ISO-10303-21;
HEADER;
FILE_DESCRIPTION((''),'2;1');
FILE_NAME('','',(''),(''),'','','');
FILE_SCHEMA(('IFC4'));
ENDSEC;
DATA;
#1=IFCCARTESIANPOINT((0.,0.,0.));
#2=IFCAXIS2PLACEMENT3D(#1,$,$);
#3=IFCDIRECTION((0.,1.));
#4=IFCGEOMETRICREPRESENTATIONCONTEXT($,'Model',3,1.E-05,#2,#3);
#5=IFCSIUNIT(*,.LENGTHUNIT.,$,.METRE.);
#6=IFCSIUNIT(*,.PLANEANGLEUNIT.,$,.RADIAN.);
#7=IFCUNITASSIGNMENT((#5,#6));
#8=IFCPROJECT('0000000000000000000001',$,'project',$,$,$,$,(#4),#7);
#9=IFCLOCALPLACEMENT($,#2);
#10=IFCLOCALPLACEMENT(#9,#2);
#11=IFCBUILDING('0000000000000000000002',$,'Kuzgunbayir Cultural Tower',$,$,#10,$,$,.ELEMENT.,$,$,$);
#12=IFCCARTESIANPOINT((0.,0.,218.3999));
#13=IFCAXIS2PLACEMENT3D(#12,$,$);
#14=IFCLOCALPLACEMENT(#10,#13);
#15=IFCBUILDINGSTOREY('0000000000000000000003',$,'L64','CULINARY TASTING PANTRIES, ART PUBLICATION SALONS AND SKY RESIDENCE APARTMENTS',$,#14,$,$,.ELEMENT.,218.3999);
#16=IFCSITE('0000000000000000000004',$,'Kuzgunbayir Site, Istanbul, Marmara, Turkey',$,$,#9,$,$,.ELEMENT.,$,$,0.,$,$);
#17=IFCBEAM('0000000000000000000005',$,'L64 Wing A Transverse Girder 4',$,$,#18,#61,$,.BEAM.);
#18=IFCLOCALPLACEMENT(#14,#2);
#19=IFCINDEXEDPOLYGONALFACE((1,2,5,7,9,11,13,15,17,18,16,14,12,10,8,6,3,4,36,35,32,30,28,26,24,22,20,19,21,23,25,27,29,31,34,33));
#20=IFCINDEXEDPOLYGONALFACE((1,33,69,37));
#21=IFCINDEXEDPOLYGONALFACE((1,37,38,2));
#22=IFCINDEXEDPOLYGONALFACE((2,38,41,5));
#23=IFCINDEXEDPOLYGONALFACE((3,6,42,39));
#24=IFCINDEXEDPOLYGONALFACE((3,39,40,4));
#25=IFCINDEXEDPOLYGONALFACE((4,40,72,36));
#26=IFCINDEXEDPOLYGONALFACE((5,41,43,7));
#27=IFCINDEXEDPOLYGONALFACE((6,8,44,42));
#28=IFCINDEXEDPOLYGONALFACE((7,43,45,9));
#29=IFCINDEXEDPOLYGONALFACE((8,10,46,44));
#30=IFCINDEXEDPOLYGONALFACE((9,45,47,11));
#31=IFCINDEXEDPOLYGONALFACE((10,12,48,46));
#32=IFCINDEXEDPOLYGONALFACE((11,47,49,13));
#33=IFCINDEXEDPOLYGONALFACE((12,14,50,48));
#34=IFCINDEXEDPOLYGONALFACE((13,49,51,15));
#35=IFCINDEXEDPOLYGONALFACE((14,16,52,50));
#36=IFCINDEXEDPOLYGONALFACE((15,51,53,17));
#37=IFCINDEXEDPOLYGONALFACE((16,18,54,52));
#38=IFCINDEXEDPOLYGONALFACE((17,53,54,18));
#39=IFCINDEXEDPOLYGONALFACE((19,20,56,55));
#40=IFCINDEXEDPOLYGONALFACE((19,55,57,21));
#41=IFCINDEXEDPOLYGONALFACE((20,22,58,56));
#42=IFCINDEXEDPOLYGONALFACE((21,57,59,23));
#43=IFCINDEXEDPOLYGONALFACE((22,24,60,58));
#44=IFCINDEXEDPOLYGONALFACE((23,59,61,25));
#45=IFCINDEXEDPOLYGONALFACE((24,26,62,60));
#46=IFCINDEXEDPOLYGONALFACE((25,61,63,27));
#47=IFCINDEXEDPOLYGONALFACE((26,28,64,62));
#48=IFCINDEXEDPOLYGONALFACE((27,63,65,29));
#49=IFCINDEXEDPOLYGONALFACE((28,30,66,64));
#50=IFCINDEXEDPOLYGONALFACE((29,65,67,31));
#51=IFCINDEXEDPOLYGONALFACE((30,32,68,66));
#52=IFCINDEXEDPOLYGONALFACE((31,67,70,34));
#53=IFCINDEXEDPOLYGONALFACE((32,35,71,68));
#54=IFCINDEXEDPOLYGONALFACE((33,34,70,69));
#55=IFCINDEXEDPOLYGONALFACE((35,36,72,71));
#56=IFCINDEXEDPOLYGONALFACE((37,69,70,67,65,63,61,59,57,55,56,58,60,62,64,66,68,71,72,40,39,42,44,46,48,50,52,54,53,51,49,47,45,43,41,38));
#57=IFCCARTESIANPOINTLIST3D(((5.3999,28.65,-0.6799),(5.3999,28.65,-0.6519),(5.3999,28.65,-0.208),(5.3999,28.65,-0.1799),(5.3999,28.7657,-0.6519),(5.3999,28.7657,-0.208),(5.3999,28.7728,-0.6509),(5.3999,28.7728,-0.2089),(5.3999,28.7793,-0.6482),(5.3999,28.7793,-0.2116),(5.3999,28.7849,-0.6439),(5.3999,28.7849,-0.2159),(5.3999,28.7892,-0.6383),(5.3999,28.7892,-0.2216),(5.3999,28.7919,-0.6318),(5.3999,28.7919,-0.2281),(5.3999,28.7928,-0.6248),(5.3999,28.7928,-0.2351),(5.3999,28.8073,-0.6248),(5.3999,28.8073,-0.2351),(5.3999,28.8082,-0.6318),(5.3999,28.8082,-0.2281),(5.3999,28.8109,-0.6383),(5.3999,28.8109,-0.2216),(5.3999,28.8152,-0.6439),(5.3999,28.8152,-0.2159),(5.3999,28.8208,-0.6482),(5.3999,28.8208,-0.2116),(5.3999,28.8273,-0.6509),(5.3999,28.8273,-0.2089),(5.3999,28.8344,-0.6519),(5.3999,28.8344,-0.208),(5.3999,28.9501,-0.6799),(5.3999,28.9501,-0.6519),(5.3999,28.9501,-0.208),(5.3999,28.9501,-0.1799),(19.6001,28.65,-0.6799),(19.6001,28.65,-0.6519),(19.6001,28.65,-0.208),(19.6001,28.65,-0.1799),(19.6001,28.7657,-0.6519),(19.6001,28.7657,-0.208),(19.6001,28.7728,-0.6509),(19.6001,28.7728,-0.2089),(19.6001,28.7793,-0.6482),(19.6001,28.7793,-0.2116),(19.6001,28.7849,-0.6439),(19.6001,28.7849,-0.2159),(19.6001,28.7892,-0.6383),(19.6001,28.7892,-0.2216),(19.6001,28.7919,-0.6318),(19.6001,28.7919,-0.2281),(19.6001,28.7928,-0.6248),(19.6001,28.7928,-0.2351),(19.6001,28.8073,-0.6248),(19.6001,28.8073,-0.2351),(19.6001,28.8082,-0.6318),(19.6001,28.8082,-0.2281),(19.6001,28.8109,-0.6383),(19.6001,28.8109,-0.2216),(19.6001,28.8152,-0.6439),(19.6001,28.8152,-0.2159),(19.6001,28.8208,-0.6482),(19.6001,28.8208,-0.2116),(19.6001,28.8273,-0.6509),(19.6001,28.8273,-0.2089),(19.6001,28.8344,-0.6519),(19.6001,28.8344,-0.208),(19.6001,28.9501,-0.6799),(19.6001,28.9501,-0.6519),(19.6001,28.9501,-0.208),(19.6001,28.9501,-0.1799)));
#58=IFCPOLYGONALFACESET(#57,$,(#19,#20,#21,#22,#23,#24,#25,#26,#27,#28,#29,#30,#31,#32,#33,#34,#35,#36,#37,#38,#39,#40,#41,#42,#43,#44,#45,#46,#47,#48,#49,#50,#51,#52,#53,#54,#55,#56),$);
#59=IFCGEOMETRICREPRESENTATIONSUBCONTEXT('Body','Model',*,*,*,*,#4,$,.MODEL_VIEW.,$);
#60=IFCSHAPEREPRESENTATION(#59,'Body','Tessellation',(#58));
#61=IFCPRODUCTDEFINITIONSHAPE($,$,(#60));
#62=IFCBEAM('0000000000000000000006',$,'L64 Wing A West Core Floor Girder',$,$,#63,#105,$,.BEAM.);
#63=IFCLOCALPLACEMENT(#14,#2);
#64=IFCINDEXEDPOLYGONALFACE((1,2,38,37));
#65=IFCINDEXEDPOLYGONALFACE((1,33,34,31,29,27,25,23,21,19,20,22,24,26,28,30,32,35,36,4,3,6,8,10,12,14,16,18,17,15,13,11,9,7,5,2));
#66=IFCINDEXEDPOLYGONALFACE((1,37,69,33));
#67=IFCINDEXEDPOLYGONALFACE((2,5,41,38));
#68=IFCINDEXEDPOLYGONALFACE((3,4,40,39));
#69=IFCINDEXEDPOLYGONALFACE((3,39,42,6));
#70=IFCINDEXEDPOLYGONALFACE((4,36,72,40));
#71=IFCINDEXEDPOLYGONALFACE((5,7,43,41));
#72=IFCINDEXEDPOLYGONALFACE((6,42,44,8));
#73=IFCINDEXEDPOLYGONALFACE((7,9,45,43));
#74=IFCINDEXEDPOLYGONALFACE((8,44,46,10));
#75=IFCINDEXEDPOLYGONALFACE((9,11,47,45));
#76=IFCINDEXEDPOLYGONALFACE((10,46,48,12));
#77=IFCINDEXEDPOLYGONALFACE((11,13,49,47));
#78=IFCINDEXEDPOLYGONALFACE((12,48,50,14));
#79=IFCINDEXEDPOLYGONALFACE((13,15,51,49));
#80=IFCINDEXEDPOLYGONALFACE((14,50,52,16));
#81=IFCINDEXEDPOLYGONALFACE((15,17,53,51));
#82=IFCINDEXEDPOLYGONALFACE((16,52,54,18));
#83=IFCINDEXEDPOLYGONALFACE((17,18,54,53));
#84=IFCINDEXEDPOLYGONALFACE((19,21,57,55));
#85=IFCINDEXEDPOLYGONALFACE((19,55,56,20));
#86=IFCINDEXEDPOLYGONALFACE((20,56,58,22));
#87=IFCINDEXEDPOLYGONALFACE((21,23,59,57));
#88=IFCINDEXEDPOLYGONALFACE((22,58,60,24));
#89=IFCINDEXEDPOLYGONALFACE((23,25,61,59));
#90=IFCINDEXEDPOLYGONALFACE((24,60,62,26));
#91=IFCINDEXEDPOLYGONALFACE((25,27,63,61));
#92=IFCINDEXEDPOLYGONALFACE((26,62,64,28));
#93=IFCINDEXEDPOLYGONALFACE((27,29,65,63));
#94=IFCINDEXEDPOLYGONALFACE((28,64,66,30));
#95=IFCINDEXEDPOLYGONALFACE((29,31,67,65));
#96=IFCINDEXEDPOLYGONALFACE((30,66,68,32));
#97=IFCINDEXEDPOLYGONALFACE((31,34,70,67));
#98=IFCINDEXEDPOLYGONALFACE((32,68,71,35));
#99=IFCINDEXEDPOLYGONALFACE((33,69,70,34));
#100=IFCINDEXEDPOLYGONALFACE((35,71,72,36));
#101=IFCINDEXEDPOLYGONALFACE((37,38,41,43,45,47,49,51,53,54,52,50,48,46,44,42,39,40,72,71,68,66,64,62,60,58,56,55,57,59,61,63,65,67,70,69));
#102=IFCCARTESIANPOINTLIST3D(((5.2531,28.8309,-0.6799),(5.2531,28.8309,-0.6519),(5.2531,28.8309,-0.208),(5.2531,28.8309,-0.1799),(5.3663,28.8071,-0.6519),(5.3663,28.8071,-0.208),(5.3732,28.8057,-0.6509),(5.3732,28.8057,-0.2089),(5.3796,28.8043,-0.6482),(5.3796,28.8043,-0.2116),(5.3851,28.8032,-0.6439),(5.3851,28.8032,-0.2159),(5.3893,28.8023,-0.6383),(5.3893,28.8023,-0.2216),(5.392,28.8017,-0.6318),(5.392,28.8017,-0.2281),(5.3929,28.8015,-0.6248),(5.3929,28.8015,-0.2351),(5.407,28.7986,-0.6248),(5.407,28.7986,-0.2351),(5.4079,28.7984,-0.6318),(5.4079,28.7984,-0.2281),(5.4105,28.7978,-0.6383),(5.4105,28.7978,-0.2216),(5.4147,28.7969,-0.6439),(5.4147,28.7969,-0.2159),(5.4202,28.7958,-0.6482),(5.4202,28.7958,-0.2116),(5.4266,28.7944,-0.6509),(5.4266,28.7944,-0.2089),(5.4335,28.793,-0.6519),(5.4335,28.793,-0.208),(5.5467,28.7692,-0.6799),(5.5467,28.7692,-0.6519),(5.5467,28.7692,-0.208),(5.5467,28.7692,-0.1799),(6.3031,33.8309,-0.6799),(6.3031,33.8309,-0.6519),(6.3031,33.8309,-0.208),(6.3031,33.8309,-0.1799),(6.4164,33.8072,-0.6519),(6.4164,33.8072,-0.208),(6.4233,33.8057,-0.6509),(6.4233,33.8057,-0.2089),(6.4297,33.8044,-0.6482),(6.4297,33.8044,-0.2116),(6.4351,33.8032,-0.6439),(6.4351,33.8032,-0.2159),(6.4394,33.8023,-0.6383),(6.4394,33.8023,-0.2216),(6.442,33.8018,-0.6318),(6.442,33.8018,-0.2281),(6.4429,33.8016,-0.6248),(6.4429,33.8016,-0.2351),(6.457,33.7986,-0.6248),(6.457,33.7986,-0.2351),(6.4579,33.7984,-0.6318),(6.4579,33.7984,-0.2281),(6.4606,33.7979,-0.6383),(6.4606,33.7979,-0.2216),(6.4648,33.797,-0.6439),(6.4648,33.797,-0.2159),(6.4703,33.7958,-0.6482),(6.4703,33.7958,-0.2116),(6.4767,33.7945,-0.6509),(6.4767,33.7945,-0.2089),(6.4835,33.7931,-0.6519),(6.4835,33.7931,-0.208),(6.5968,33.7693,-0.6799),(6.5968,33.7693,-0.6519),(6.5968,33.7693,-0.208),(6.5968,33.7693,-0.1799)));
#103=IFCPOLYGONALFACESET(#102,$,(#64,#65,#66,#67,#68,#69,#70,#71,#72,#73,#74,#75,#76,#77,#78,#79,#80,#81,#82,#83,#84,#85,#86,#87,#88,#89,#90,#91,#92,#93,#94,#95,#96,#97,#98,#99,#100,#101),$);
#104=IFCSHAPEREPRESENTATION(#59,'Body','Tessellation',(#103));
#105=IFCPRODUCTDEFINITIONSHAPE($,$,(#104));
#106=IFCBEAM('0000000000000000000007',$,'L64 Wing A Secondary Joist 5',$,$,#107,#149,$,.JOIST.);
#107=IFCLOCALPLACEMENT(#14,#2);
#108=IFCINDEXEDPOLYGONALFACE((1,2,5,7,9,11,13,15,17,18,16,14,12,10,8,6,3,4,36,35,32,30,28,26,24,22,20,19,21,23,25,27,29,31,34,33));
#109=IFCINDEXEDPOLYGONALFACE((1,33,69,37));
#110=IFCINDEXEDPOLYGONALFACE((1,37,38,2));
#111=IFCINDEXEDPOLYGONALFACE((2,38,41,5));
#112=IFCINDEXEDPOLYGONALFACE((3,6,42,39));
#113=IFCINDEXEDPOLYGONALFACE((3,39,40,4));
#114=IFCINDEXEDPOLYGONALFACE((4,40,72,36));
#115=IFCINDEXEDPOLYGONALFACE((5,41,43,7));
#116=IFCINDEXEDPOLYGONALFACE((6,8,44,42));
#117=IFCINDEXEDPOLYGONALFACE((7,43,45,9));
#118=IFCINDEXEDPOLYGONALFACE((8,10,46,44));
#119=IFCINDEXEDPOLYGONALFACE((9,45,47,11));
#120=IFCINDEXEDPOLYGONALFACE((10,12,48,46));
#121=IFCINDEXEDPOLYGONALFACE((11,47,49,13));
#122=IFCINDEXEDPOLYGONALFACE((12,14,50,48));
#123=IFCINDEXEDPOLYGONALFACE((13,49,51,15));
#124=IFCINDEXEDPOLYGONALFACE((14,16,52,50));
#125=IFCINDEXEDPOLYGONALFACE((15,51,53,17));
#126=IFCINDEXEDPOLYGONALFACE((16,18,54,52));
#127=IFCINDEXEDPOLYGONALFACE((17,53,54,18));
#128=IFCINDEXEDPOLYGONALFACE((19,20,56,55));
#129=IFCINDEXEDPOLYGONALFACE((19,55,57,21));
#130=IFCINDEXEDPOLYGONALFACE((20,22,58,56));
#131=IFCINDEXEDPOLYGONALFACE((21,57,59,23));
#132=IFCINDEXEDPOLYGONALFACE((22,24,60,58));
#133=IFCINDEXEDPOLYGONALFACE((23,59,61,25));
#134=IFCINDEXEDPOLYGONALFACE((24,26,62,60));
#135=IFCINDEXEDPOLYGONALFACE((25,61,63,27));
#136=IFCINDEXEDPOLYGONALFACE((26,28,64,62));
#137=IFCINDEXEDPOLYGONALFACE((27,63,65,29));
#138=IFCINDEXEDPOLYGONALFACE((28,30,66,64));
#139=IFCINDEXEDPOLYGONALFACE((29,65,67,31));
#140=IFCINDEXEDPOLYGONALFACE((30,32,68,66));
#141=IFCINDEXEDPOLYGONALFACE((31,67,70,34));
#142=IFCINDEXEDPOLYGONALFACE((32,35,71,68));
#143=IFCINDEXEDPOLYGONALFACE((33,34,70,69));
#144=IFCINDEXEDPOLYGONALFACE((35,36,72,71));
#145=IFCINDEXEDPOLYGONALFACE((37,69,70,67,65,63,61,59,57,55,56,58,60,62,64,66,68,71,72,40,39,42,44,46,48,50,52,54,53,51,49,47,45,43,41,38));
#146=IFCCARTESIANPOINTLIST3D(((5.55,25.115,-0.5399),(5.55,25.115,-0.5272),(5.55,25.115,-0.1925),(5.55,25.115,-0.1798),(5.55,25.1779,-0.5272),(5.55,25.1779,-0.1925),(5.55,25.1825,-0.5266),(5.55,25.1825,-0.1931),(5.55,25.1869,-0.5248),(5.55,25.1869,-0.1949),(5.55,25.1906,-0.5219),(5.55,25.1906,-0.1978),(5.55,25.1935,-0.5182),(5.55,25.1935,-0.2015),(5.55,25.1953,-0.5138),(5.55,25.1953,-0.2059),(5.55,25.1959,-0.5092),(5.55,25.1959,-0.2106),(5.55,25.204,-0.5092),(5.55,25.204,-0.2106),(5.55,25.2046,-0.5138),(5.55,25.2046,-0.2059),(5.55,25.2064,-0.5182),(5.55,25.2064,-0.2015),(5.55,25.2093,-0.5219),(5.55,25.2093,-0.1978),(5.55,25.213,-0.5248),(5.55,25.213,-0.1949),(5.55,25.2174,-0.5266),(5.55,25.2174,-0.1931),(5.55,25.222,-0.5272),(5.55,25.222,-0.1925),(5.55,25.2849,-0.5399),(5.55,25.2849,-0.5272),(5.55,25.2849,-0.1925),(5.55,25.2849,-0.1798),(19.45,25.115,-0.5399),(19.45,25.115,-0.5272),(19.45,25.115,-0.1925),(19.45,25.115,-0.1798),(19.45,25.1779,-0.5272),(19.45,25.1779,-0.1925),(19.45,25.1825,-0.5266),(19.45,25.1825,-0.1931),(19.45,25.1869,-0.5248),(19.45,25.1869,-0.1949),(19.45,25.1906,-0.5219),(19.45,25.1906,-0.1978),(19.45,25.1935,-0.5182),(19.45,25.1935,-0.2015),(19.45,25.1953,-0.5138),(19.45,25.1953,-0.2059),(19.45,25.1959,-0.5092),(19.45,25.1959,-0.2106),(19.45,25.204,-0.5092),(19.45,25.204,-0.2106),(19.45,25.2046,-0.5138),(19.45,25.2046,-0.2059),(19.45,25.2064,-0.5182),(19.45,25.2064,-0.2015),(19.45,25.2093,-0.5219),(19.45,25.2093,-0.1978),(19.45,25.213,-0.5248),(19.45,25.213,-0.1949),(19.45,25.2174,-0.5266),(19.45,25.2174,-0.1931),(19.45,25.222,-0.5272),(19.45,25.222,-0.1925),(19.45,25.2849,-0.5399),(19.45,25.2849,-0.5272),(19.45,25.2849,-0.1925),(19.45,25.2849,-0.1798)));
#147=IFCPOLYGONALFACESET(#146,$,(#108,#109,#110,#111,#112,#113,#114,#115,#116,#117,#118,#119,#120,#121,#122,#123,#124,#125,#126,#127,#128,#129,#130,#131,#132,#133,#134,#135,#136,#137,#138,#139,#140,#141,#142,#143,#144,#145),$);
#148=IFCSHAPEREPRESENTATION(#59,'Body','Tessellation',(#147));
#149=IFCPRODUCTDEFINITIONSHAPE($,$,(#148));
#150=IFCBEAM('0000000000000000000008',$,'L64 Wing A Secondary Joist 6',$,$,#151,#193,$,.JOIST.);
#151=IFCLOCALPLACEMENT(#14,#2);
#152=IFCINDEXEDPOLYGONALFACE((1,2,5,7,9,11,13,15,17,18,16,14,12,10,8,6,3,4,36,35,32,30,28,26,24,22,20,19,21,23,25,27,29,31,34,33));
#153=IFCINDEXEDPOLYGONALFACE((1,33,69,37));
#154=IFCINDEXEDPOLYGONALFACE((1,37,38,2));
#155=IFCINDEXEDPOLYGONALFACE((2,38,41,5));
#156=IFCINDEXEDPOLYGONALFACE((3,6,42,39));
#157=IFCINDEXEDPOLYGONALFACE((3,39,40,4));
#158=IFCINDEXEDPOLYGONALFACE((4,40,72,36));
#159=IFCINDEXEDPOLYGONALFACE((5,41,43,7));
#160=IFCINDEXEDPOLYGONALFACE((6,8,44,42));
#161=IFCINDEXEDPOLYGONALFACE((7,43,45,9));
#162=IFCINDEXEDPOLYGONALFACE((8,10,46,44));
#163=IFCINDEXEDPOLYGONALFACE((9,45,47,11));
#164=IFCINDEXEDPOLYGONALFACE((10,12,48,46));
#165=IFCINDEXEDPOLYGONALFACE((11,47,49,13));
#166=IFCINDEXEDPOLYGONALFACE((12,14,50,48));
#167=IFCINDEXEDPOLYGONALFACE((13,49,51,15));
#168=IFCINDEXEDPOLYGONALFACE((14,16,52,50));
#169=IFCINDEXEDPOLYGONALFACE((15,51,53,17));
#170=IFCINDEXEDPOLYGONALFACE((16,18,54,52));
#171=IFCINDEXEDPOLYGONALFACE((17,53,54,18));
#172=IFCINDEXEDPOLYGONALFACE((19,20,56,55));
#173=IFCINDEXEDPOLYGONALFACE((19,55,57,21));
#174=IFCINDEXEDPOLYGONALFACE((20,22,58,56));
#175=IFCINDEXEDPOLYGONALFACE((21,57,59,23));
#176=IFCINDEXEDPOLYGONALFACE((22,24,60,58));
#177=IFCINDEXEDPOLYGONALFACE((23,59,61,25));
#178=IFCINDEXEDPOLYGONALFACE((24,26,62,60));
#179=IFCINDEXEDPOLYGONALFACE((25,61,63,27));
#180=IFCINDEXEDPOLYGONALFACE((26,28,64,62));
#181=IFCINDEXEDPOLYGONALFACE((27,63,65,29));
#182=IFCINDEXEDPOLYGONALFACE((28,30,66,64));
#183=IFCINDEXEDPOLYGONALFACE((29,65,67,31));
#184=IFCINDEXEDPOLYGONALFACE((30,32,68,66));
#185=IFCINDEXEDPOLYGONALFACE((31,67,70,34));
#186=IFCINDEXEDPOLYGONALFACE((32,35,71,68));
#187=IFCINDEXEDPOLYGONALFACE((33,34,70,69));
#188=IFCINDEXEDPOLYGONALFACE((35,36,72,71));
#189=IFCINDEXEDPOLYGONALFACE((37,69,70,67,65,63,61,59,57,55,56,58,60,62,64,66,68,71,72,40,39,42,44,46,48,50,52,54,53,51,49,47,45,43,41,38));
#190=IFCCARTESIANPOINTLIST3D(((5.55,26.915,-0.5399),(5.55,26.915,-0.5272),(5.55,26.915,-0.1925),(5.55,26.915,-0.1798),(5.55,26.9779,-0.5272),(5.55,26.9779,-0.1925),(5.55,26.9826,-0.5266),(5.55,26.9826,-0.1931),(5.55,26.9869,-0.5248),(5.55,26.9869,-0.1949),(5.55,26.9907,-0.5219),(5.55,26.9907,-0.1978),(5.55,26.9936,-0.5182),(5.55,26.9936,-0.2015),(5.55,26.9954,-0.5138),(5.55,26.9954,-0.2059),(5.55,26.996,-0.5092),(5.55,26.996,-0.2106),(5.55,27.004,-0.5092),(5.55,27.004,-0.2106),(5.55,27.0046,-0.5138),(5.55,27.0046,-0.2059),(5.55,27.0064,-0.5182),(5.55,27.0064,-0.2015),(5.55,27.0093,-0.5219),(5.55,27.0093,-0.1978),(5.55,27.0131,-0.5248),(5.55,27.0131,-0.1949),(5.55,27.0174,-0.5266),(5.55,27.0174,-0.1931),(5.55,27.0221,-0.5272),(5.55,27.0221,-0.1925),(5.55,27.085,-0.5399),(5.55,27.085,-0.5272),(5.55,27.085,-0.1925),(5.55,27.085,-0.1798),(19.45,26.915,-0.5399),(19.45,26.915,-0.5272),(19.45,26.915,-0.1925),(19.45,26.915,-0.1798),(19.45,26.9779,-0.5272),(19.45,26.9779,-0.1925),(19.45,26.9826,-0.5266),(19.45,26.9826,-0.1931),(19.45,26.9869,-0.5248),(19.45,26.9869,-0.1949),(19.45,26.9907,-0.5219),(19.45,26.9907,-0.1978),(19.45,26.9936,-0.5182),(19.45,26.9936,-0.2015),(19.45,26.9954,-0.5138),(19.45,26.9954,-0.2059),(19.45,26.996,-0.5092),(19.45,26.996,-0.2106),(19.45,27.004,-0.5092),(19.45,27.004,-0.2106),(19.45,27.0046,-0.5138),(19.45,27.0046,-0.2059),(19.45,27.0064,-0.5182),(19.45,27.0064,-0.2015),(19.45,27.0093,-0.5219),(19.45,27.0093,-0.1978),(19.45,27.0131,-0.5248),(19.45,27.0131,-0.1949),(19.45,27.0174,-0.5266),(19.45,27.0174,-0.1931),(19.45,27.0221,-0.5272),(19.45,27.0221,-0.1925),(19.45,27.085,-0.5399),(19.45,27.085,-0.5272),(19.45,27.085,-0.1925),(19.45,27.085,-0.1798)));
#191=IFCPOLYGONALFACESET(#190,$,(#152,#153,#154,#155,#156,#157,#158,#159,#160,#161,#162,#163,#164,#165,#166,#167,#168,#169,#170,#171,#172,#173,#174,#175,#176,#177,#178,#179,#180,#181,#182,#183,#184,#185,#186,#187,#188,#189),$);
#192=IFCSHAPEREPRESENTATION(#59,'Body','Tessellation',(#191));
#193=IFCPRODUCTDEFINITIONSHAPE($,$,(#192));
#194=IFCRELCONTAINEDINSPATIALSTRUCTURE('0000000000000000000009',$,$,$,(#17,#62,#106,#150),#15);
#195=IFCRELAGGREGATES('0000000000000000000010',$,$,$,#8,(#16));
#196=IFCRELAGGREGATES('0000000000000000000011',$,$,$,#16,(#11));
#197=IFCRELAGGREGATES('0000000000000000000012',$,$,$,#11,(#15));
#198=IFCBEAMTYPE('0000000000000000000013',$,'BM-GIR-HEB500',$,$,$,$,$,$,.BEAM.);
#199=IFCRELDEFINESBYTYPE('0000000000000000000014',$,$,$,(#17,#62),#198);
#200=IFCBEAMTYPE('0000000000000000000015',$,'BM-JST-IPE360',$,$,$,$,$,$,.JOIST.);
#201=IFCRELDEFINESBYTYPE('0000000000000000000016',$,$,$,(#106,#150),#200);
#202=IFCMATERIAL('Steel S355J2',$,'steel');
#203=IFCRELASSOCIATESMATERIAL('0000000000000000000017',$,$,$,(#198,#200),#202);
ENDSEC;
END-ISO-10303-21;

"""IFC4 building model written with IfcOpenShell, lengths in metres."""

from ifc_helpers import new_model, si_unit, direction, frame, origin, origin_2d, place, context, subcontext, project, spatial, i_section, extrude, material, material_profile, profile_set, type_object, element, save


model = new_model("IFC4")

# Units and contexts
model_context = context("Model", 3, precision=1e-05, world=origin(), true_north=direction((0.0, 1.0)))
body_context = subcontext(model_context, "Body", "Model", "MODEL_VIEW")
ifc_project = project(units=[si_unit("LENGTHUNIT", "METRE"), si_unit("PLANEANGLEUNIT", "RADIAN")], contexts=[model_context])

# Site, building, storey
site_placement = place(None, origin())
site = spatial("IfcSite", under=ifc_project, at=site_placement, Name="Kuzgunbayir Site, Istanbul, Marmara, Turkey", CompositionType="ELEMENT", RefElevation=0.0)
building_placement = place(site_placement, origin())
building = spatial("IfcBuilding", under=site, at=building_placement, Name="Kuzgunbayir Cultural Tower", CompositionType="ELEMENT")
storey_placement = place(building_placement, frame((0.0, 0.0, 218.3999)))
storey = spatial("IfcBuildingStorey", under=building, at=storey_placement, Name="L64", Description="CULINARY TASTING PANTRIES, ART PUBLICATION SALONS AND SKY RESIDENCE APARTMENTS", CompositionType="ELEMENT", Elevation=218.3999)

# Beams
ifc_material_1 = material(Name="Steel S355J2", Category="steel")
ifc_material_profile_1 = material_profile(ifc_material_1, i_section(OverallWidth=0.3, OverallDepth=0.5, WebThickness=0.0144, FlangeThickness=0.0281, FilletRadius=0.0271, at=origin_2d()), Name="HEB 500")
ifc_profile_set_1 = profile_set([ifc_material_profile_1], Name="Steel S355J2")
beam_type_1 = type_object("IfcBeamType", Name="BM-GIR-HEB500", PredefinedType="BEAM", material=ifc_profile_set_1)
for number, where, z_axis, x_axis, name in (
    (1, (5.3999, 28.8, -0.4299), (1.0, 0.0, 0.0), (0.0, 1.0, 0.0), "L64 Wing A Transverse Girder 4"),
):
    element("IfcBeam", number, at=place(storey_placement, frame(where, z_axis=z_axis, x_axis=x_axis)), inside=storey, type_object=beam_type_1, Name=name, PredefinedType="BEAM", context=body_context, shape_type="SweptSolid", body=[
        extrude(i_section(OverallWidth=0.3, OverallDepth=0.5, WebThickness=0.0144, FlangeThickness=0.0281, FilletRadius=0.0271, at=origin_2d()), origin(), (0.0, 0.0, 1.0), 14.2002),
    ])
beam_1_placement = place(storey_placement, frame((5.3999, 28.8, -0.4299), z_axis=(0.205526, 0.978652, 0.0), x_axis=(-0.978652, 0.205526, 0.0)))
element("IfcBeam", 2, at=beam_1_placement, inside=storey, type_object=beam_type_1, Name="L64 Wing A West Core Floor Girder", PredefinedType="BEAM", context=body_context, shape_type="SweptSolid", body=[
    extrude(i_section(OverallWidth=0.3, OverallDepth=0.5, WebThickness=0.0144, FlangeThickness=0.0281, FilletRadius=0.0271, at=origin_2d()), origin(), (0.0, 0.0, 1.0), 5.1091),
])
ifc_material_profile_2 = material_profile(ifc_material_1, i_section(OverallWidth=0.1699, OverallDepth=0.3601, WebThickness=0.0081, FlangeThickness=0.0127, FilletRadius=0.0181, at=origin_2d()), Name="IPE 360")
ifc_profile_set_2 = profile_set([ifc_material_profile_2], Name="Steel S355J2")
beam_type_2 = type_object("IfcBeamType", Name="BM-JST-IPE360", PredefinedType="JOIST", material=ifc_profile_set_2)
for number, where, z_axis, x_axis, name in (
    (3, (5.55, 25.2, -0.3599), (1.0, 0.0, 0.0), (0.0, 1.0, 0.0), "L64 Wing A Secondary Joist 5"),
    (4, (5.55, 27.0, -0.3599), (1.0, 0.0, 0.0), (0.0, 1.0, 0.0), "L64 Wing A Secondary Joist 6"),
):
    element("IfcBeam", number, at=place(storey_placement, frame(where, z_axis=z_axis, x_axis=x_axis)), inside=storey, type_object=beam_type_2, Name=name, PredefinedType="JOIST", context=body_context, shape_type="SweptSolid", body=[
        extrude(i_section(OverallWidth=0.1699, OverallDepth=0.3601, WebThickness=0.0081, FlangeThickness=0.0127, FilletRadius=0.0181, at=origin_2d()), origin(), (0.0, 0.0, 1.0), 13.8999),
    ])

save(model, "model.ifc")
